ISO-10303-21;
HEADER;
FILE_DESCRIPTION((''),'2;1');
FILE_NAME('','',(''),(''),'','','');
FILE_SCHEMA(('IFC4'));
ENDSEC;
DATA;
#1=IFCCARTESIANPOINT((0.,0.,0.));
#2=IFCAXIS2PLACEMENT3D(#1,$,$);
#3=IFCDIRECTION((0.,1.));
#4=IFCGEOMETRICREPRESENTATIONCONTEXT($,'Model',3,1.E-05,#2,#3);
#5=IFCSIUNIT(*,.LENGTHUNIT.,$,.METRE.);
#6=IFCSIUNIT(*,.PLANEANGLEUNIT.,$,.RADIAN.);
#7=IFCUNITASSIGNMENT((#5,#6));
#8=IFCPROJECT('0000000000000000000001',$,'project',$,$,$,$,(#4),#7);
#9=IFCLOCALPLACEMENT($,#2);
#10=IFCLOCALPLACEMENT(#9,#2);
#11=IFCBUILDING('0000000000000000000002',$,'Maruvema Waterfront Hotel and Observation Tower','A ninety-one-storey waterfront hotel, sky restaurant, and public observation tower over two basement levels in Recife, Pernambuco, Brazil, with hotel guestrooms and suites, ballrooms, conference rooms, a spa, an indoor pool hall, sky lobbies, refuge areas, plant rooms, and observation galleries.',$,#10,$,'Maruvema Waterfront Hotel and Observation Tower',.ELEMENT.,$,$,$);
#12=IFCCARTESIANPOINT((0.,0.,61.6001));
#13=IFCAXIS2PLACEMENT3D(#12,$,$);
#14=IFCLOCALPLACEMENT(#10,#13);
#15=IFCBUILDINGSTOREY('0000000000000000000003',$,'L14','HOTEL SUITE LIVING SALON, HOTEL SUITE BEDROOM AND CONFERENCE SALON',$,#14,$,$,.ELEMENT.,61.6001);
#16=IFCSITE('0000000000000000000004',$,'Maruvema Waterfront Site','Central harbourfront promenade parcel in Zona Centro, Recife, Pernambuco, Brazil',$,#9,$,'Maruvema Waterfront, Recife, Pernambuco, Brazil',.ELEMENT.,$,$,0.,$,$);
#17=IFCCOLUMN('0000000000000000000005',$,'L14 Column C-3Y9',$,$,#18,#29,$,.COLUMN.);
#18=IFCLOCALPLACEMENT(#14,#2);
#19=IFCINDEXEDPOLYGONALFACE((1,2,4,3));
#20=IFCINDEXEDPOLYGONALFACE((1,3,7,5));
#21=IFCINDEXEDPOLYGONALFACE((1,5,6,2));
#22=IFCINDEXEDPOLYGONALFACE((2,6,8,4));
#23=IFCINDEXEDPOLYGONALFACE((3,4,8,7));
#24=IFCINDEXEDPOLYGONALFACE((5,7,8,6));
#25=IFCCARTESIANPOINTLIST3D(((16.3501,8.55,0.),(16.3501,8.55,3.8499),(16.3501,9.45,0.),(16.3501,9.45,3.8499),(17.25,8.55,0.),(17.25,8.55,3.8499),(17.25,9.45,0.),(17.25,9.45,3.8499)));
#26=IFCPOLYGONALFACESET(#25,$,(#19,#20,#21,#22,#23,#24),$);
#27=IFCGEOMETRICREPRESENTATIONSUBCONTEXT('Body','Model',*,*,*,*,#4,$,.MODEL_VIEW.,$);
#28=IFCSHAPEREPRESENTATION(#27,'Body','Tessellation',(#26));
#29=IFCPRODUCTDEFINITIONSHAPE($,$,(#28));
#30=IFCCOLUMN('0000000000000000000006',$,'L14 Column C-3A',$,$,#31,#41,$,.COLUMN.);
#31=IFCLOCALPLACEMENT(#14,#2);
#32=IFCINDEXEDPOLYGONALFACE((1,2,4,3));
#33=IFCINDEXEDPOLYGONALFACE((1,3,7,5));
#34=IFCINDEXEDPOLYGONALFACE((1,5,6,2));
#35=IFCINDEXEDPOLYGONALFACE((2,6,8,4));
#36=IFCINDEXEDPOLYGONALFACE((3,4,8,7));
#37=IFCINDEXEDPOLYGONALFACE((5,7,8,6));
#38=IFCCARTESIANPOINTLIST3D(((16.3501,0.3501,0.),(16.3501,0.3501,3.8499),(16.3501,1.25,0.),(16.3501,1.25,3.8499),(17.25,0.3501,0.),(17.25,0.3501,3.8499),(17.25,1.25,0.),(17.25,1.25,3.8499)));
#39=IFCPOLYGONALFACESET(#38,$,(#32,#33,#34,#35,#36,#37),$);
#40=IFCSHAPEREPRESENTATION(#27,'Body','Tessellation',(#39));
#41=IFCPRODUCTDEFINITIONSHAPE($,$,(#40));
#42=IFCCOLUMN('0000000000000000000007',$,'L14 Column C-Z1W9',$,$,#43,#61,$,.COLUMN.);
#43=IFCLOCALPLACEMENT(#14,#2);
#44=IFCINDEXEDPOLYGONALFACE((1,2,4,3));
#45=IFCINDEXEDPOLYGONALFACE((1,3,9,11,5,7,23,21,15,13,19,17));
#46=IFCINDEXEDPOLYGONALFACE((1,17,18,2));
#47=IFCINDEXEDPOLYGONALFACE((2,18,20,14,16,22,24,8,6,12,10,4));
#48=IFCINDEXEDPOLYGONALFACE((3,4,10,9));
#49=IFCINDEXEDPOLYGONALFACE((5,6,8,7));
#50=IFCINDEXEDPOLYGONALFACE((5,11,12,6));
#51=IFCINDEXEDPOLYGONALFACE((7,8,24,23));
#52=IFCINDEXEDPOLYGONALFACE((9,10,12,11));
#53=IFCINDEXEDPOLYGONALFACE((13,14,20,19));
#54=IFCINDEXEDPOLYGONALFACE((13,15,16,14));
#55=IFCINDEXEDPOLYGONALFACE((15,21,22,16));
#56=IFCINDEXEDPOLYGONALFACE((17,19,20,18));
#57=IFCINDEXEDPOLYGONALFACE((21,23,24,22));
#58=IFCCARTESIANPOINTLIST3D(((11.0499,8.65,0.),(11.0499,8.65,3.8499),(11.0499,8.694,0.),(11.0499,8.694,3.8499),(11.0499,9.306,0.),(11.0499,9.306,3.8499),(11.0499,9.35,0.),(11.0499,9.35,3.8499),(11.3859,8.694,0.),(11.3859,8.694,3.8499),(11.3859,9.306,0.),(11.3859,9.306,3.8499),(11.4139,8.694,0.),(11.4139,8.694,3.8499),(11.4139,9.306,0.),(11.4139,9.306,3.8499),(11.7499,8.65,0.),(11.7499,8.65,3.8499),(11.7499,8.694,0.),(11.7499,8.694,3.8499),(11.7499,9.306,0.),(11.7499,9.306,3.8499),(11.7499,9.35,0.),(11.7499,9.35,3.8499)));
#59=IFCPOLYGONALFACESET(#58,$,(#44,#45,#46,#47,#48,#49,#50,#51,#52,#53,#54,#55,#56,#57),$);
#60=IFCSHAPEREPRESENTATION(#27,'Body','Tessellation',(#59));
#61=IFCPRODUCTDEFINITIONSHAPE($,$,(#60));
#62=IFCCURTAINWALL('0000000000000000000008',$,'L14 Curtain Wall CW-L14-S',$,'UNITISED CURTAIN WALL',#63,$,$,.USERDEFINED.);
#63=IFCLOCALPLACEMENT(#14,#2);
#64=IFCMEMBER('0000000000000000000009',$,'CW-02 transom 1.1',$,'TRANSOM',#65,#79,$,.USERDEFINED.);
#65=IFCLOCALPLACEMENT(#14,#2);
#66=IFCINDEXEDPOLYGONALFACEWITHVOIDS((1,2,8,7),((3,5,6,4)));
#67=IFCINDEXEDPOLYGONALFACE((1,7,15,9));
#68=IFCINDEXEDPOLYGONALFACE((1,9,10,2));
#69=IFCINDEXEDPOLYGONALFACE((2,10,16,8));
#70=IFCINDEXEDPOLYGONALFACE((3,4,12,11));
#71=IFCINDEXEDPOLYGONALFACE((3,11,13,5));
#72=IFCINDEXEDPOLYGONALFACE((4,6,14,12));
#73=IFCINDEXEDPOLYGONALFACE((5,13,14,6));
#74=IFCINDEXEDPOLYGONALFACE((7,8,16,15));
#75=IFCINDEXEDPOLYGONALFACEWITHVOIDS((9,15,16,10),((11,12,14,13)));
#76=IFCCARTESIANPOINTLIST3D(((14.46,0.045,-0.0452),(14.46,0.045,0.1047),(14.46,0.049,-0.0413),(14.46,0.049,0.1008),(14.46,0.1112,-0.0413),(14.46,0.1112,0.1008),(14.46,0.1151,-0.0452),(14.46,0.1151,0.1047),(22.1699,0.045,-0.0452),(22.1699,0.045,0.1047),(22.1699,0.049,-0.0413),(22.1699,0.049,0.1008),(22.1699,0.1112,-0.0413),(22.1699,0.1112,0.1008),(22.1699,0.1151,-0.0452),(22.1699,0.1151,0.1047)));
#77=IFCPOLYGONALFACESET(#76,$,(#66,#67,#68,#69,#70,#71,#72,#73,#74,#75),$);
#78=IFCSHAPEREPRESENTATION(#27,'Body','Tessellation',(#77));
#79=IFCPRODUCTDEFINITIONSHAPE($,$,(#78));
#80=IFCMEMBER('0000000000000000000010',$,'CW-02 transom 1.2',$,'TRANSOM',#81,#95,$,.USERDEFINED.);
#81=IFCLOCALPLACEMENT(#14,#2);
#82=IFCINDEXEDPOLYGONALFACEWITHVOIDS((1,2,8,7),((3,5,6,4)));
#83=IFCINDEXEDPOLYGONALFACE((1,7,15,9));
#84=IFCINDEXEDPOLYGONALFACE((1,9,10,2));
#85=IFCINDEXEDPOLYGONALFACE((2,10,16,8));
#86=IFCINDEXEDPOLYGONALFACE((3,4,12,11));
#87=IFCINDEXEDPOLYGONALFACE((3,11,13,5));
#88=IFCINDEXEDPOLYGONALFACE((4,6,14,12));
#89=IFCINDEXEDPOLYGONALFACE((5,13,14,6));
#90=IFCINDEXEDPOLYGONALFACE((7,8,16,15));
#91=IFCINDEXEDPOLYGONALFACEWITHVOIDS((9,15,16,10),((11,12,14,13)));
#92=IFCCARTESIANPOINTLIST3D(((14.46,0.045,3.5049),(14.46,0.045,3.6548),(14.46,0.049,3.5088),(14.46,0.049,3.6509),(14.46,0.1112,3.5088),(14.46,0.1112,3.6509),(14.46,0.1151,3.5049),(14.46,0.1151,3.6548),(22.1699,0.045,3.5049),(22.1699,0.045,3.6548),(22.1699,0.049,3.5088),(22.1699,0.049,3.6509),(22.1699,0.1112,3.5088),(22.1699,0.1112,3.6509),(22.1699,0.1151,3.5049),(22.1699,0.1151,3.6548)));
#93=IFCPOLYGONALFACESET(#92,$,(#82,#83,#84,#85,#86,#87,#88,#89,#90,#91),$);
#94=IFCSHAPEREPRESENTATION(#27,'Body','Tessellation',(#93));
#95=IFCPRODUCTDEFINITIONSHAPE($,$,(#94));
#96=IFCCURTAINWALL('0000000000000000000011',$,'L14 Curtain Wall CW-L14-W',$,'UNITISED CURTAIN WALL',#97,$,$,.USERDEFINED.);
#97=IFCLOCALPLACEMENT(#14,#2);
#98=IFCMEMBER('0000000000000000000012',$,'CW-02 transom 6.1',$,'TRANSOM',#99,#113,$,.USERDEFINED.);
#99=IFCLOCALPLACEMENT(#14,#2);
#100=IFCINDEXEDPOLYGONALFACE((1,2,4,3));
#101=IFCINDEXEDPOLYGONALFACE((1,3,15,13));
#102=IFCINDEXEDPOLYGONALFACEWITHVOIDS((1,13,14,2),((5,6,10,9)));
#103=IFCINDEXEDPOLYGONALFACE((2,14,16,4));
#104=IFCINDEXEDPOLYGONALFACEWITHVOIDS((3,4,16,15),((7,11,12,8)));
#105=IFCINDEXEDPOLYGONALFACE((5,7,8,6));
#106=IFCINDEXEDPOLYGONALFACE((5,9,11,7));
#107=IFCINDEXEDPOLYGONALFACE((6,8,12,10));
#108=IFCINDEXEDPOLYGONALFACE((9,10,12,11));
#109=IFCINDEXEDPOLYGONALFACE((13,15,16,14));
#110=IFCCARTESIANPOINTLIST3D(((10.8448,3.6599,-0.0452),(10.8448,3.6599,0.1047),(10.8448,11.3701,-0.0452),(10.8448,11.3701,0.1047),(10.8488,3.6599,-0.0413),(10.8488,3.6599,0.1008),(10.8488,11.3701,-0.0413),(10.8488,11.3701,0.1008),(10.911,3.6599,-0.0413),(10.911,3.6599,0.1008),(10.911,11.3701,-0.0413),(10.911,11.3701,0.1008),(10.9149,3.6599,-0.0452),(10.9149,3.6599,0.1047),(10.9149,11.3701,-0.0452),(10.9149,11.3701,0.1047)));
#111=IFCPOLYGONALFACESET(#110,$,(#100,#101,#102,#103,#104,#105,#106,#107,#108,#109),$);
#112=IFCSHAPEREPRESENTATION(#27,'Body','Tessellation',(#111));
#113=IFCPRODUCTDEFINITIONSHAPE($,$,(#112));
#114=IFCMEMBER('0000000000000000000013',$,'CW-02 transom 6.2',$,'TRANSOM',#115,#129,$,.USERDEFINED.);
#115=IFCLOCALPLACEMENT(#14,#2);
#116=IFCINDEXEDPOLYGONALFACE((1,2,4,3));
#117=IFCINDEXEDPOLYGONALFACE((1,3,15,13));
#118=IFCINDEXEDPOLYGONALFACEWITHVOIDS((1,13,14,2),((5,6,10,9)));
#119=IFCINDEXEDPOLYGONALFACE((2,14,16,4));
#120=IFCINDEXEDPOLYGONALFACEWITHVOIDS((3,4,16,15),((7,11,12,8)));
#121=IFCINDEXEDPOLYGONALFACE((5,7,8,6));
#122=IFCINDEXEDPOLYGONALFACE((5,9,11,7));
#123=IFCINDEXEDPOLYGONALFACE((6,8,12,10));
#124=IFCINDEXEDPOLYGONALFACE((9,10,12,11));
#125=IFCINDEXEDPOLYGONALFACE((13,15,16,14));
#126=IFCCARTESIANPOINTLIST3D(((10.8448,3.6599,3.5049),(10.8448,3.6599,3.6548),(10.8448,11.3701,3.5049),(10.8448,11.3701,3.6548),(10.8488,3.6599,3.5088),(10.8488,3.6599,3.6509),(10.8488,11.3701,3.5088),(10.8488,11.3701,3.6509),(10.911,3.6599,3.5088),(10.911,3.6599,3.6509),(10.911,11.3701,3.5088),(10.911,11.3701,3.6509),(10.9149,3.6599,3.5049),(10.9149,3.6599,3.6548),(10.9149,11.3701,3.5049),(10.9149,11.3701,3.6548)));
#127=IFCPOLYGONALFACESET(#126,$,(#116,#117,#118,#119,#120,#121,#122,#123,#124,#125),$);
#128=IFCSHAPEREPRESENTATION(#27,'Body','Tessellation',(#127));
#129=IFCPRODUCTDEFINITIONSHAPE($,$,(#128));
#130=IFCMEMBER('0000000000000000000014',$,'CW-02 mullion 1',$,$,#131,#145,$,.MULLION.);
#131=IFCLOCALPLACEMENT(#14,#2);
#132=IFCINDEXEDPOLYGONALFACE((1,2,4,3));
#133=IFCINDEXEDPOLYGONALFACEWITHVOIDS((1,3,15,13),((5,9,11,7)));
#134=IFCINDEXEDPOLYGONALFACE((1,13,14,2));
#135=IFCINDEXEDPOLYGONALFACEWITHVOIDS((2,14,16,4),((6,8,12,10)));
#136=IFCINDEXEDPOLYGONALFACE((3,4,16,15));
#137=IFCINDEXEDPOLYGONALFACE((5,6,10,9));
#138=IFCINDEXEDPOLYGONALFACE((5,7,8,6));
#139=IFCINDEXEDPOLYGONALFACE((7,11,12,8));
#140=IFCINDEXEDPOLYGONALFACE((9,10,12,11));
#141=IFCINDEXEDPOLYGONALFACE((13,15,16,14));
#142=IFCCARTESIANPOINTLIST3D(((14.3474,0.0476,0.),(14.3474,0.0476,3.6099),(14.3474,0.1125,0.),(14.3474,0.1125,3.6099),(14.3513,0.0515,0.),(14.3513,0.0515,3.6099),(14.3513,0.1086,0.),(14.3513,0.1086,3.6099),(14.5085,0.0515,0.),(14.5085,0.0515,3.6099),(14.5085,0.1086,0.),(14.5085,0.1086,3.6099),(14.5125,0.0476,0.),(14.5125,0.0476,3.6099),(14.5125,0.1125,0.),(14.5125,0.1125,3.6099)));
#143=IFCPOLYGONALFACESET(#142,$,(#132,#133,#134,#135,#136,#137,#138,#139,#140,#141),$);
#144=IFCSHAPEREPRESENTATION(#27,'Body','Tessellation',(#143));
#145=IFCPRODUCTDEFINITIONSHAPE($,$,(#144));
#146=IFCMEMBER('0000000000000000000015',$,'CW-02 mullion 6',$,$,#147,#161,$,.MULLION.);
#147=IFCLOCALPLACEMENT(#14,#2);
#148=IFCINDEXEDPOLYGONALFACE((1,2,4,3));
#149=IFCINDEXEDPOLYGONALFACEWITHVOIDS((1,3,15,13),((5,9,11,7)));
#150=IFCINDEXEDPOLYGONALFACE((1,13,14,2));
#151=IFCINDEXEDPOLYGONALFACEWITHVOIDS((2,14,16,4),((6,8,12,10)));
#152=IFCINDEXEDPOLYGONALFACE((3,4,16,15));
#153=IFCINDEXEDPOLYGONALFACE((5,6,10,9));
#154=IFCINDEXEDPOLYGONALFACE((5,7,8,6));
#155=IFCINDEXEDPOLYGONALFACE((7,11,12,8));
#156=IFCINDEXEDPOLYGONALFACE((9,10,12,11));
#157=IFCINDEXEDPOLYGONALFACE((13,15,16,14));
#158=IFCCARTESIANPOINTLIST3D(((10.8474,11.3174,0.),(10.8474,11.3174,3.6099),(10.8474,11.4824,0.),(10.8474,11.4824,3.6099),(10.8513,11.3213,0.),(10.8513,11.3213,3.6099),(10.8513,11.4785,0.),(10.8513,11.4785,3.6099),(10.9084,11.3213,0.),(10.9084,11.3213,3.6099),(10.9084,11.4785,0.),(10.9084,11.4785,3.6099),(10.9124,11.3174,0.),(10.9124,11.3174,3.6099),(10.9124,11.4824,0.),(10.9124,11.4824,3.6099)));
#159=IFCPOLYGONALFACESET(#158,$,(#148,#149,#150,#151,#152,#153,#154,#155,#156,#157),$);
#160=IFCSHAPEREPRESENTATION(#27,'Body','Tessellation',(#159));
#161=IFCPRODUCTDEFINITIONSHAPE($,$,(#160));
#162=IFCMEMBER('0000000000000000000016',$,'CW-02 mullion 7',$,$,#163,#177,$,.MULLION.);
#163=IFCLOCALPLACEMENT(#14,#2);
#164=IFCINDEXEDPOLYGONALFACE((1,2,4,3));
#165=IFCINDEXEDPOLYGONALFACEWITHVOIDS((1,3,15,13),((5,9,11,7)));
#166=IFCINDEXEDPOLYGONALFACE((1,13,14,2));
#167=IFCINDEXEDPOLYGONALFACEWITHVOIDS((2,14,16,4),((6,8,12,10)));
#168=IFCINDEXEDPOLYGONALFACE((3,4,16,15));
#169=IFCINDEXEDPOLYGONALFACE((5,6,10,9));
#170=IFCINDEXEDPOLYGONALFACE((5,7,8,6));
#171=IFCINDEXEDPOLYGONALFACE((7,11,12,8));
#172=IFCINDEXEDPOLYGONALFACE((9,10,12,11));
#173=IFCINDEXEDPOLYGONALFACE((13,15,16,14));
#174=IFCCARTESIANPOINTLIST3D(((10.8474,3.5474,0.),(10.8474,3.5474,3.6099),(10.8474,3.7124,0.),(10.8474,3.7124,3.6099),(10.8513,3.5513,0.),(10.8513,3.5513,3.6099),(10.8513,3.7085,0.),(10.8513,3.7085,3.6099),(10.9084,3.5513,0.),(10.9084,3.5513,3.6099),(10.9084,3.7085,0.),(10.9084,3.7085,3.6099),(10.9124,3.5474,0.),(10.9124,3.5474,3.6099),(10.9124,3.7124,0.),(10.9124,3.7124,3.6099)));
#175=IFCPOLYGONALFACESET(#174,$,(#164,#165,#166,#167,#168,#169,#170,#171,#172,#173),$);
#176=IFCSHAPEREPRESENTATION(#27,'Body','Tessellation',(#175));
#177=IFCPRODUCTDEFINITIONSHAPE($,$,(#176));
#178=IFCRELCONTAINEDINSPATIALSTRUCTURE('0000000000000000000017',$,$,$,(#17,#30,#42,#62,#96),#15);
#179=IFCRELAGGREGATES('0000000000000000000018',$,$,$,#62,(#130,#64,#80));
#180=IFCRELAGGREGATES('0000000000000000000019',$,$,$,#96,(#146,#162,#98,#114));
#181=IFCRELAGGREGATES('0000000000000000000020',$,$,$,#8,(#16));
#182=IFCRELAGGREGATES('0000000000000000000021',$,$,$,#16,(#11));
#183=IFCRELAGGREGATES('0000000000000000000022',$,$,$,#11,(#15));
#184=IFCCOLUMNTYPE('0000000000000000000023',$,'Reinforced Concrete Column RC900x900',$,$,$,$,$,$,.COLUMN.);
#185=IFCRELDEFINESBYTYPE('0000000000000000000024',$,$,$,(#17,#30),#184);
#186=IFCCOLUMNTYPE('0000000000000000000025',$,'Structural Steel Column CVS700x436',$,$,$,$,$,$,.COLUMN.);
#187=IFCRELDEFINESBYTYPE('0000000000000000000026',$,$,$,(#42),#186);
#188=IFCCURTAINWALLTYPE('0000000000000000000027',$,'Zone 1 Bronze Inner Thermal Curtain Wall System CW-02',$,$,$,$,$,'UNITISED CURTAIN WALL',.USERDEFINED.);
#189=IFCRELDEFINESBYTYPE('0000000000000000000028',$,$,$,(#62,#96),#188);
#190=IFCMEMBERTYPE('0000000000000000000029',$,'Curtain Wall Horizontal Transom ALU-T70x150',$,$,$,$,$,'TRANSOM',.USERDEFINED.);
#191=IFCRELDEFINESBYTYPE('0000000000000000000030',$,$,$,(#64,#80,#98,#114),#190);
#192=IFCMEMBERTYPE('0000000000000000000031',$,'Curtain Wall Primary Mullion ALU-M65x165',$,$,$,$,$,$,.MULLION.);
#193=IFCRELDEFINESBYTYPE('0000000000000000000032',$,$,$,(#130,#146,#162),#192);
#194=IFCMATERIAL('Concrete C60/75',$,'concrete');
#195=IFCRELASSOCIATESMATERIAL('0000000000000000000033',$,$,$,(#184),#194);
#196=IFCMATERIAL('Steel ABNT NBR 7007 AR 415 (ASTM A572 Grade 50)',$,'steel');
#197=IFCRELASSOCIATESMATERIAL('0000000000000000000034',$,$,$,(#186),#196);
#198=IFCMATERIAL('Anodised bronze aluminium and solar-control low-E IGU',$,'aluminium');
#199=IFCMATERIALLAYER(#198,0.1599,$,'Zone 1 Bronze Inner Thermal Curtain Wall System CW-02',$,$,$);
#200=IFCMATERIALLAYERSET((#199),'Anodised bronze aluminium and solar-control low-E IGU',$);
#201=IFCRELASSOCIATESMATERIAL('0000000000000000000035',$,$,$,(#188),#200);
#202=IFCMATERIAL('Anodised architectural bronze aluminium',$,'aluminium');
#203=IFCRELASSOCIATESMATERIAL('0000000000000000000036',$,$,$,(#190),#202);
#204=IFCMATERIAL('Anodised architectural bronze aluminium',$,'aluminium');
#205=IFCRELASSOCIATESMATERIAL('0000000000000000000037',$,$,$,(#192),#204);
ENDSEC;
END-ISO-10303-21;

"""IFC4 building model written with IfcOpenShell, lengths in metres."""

from ifc_helpers import new_model, si_unit, direction, frame, origin, origin_2d, place, context, subcontext, project, spatial, rectangle, hollow_rectangle, i_section, extrude, material, layer, layer_set, material_profile, profile_set, type_object, element, aggregate, save


model = new_model("IFC4")

# Units and contexts
model_context = context("Model", 3, precision=1e-05, world=origin(), true_north=direction((0.0, 1.0)))
body_context = subcontext(model_context, "Body", "Model", "MODEL_VIEW")
ifc_project = project(units=[si_unit("LENGTHUNIT", "METRE"), si_unit("PLANEANGLEUNIT", "RADIAN")], contexts=[model_context])

# Site, building, storey
site_placement = place(None, origin())
site = spatial("IfcSite", under=ifc_project, at=site_placement, Name="Maruvema Waterfront Site", Description="Central harbourfront promenade parcel in Zona Centro, Recife, Pernambuco, Brazil", LongName="Maruvema Waterfront, Recife, Pernambuco, Brazil", CompositionType="ELEMENT", RefElevation=0.0)
building_placement = place(site_placement, origin())
building = spatial("IfcBuilding", under=site, at=building_placement, Name="Maruvema Waterfront Hotel and Observation Tower", Description="A ninety-one-storey waterfront hotel, sky restaurant, and public observation tower over two basement levels in Recife, Pernambuco, Brazil, with hotel guestrooms and suites, ballrooms, conference rooms, a spa, an indoor pool hall, sky lobbies, refuge areas, plant rooms, and observation galleries.", LongName="Maruvema Waterfront Hotel and Observation Tower", CompositionType="ELEMENT")
storey_placement = place(building_placement, frame((0.0, 0.0, 61.6001)))
storey = spatial("IfcBuildingStorey", under=building, at=storey_placement, Name="L14", Description="HOTEL SUITE LIVING SALON, HOTEL SUITE BEDROOM AND CONFERENCE SALON", CompositionType="ELEMENT", Elevation=61.6001)

# Columns
ifc_material_1 = material(Name="Concrete C60/75", Category="concrete")
ifc_material_profile_1 = material_profile(ifc_material_1, rectangle(XDim=0.8999, YDim=0.8999, at=origin_2d()), Name="RC900x900")
ifc_profile_set_1 = profile_set([ifc_material_profile_1], Name="Concrete C60/75")
column_type_1 = type_object("IfcColumnType", Name="Reinforced Concrete Column RC900x900", PredefinedType="COLUMN", material=ifc_profile_set_1)
for number, where, z_axis, x_axis, name in (
    (1, (16.8, 9.0, 0.0), (0.0, 0.0, 1.0), (1.0, 0.0, 0.0), "L14 Column C-3Y9"),
    (2, (16.8, 0.8, 0.0), (0.0, 0.0, 1.0), (1.0, 0.0, 0.0), "L14 Column C-3A"),
):
    element("IfcColumn", number, at=place(storey_placement, frame(where, z_axis=z_axis, x_axis=x_axis)), inside=storey, type_object=column_type_1, Name=name, PredefinedType="COLUMN", context=body_context, shape_type="SweptSolid", body=[
        extrude(rectangle(XDim=0.8999, YDim=0.8999, at=origin_2d()), origin(), (0.0, 0.0, 1.0), 3.8499),
    ])
ifc_material_2 = material(Name="Steel ABNT NBR 7007 AR 415 (ASTM A572 Grade 50)", Category="steel")
ifc_material_profile_2 = material_profile(ifc_material_2, i_section(OverallWidth=0.7, OverallDepth=0.7, WebThickness=0.0281, FlangeThickness=0.0439, at=origin_2d()), Name="CVS700x436")
ifc_profile_set_2 = profile_set([ifc_material_profile_2], Name="Steel ABNT NBR 7007 AR 415 (ASTM A572 Grade 50)")
column_type_2 = type_object("IfcColumnType", Name="Structural Steel Column CVS700x436", PredefinedType="COLUMN", material=ifc_profile_set_2)
column_placement = place(storey_placement, frame((11.3999, 9.0, 0.0), z_axis=(0.0, 0.0, 1.0), x_axis=(1.0, 0.0, 0.0)))
element("IfcColumn", 3, at=column_placement, inside=storey, type_object=column_type_2, Name="L14 Column C-Z1W9", PredefinedType="COLUMN", context=body_context, shape_type="SweptSolid", body=[
    extrude(i_section(OverallWidth=0.7, OverallDepth=0.7, WebThickness=0.0281, FlangeThickness=0.0439, at=origin_2d()), origin(), (0.0, 0.0, 1.0), 3.8499),
])

# Curtain walls, members
ifc_material_3 = material(Name="Anodised bronze aluminium and solar-control low-E IGU", Category="aluminium")
ifc_layer_1 = layer(ifc_material_3, 0.1599, Name="Zone 1 Bronze Inner Thermal Curtain Wall System CW-02")
ifc_layer_set_1 = layer_set([ifc_layer_1], Name="Anodised bronze aluminium and solar-control low-E IGU")
curtain_wall_type = type_object("IfcCurtainWallType", Name="Zone 1 Bronze Inner Thermal Curtain Wall System CW-02", ElementType="UNITISED CURTAIN WALL", PredefinedType="USERDEFINED", material=ifc_layer_set_1)
curtain_wall_1_placement = place(storey_placement, origin())
curtain_wall_1 = element("IfcCurtainWall", 4, at=curtain_wall_1_placement, inside=storey, type_object=curtain_wall_type, Name="L14 Curtain Wall CW-L14-S", ObjectType="UNITISED CURTAIN WALL", PredefinedType="USERDEFINED")
ifc_material_4 = material(Name="Anodised architectural bronze aluminium", Category="aluminium")
ifc_material_profile_3 = material_profile(ifc_material_4, hollow_rectangle(XDim=0.0701, YDim=0.1499, WallThickness=0.0039, at=origin_2d()), Name="ALU-T70x150")
ifc_profile_set_3 = profile_set([ifc_material_profile_3], Name="Anodised architectural bronze aluminium")
member_type_1 = type_object("IfcMemberType", Name="Curtain Wall Horizontal Transom ALU-T70x150", ElementType="TRANSOM", PredefinedType="USERDEFINED", material=ifc_profile_set_3)
member_1_placement = place(storey_placement, frame((14.46, 0.0801, 0.0298), z_axis=(1.0, 0.0, 0.0), x_axis=(0.0, 1.0, 0.0)))
member_1 = element("IfcMember", 5, at=member_1_placement, type_object=member_type_1, Name="CW-02 transom 1.1", ObjectType="TRANSOM", PredefinedType="USERDEFINED", context=body_context, shape_type="SweptSolid", body=[
    extrude(hollow_rectangle(XDim=0.0701, YDim=0.1499, WallThickness=0.0039, at=origin_2d()), origin(), (0.0, 0.0, 1.0), 7.71),
])
member_2_placement = place(storey_placement, frame((14.46, 0.0801, 3.5798), z_axis=(1.0, 0.0, 0.0), x_axis=(0.0, 1.0, 0.0)))
member_2 = element("IfcMember", 6, at=member_2_placement, type_object=member_type_1, Name="CW-02 transom 1.2", ObjectType="TRANSOM", PredefinedType="USERDEFINED", context=body_context, shape_type="SweptSolid", body=[
    extrude(hollow_rectangle(XDim=0.0701, YDim=0.1499, WallThickness=0.0039, at=origin_2d()), origin(), (0.0, 0.0, 1.0), 7.71),
])
curtain_wall_2_placement = place(storey_placement, origin())
curtain_wall_2 = element("IfcCurtainWall", 7, at=curtain_wall_2_placement, inside=storey, type_object=curtain_wall_type, Name="L14 Curtain Wall CW-L14-W", ObjectType="UNITISED CURTAIN WALL", PredefinedType="USERDEFINED")
member_3_placement = place(storey_placement, frame((10.8799, 11.3701, 0.0298), z_axis=(0.0, -1.0, 0.0), x_axis=(1.0, 0.0, 0.0)))
member_3 = element("IfcMember", 8, at=member_3_placement, type_object=member_type_1, Name="CW-02 transom 6.1", ObjectType="TRANSOM", PredefinedType="USERDEFINED", context=body_context, shape_type="SweptSolid", body=[
    extrude(hollow_rectangle(XDim=0.0701, YDim=0.1499, WallThickness=0.0039, at=origin_2d()), origin(), (0.0, 0.0, 1.0), 7.7102),
])
member_4_placement = place(storey_placement, frame((10.8799, 11.3701, 3.5798), z_axis=(0.0, -1.0, 0.0), x_axis=(1.0, 0.0, 0.0)))
member_4 = element("IfcMember", 9, at=member_4_placement, type_object=member_type_1, Name="CW-02 transom 6.2", ObjectType="TRANSOM", PredefinedType="USERDEFINED", context=body_context, shape_type="SweptSolid", body=[
    extrude(hollow_rectangle(XDim=0.0701, YDim=0.1499, WallThickness=0.0039, at=origin_2d()), origin(), (0.0, 0.0, 1.0), 7.7102),
])

# Members
ifc_material_5 = material(Name="Anodised architectural bronze aluminium", Category="aluminium")
ifc_material_profile_4 = material_profile(ifc_material_5, hollow_rectangle(XDim=0.0649, YDim=0.165, WallThickness=0.0039, at=origin_2d()), Name="ALU-M65x165")
ifc_profile_set_4 = profile_set([ifc_material_profile_4], Name="Anodised architectural bronze aluminium")
member_type_2 = type_object("IfcMemberType", Name="Curtain Wall Primary Mullion ALU-M65x165", PredefinedType="MULLION", material=ifc_profile_set_4)
member_5_placement = place(storey_placement, frame((14.4299, 0.0801, 0.0), z_axis=(0.0, 0.0, 1.0), x_axis=(0.0, 1.0, 0.0)))
member_5 = element("IfcMember", 10, at=member_5_placement, type_object=member_type_2, Name="CW-02 mullion 1", PredefinedType="MULLION", context=body_context, shape_type="SweptSolid", body=[
    extrude(hollow_rectangle(XDim=0.0649, YDim=0.165, WallThickness=0.0039, at=origin_2d()), origin(), (0.0, 0.0, 1.0), 3.6099),
])
member_6_placement = place(storey_placement, frame((10.8799, 11.3999, 0.0), z_axis=(0.0, 0.0, 1.0), x_axis=(1.0, 0.0, 0.0)))
member_6 = element("IfcMember", 11, at=member_6_placement, type_object=member_type_2, Name="CW-02 mullion 6", PredefinedType="MULLION", context=body_context, shape_type="SweptSolid", body=[
    extrude(hollow_rectangle(XDim=0.0649, YDim=0.165, WallThickness=0.0039, at=origin_2d()), origin(), (0.0, 0.0, 1.0), 3.6099),
])
member_7_placement = place(storey_placement, frame((10.8799, 3.6299, 0.0), z_axis=(0.0, 0.0, 1.0), x_axis=(1.0, 0.0, 0.0)))
member_7 = element("IfcMember", 12, at=member_7_placement, type_object=member_type_2, Name="CW-02 mullion 7", PredefinedType="MULLION", context=body_context, shape_type="SweptSolid", body=[
    extrude(hollow_rectangle(XDim=0.0649, YDim=0.165, WallThickness=0.0039, at=origin_2d()), origin(), (0.0, 0.0, 1.0), 3.6099),
])

aggregate(curtain_wall_1, [member_5, member_1, member_2])
aggregate(curtain_wall_2, [member_6, member_7, member_3, member_4])

save(model, "model.ifc")
